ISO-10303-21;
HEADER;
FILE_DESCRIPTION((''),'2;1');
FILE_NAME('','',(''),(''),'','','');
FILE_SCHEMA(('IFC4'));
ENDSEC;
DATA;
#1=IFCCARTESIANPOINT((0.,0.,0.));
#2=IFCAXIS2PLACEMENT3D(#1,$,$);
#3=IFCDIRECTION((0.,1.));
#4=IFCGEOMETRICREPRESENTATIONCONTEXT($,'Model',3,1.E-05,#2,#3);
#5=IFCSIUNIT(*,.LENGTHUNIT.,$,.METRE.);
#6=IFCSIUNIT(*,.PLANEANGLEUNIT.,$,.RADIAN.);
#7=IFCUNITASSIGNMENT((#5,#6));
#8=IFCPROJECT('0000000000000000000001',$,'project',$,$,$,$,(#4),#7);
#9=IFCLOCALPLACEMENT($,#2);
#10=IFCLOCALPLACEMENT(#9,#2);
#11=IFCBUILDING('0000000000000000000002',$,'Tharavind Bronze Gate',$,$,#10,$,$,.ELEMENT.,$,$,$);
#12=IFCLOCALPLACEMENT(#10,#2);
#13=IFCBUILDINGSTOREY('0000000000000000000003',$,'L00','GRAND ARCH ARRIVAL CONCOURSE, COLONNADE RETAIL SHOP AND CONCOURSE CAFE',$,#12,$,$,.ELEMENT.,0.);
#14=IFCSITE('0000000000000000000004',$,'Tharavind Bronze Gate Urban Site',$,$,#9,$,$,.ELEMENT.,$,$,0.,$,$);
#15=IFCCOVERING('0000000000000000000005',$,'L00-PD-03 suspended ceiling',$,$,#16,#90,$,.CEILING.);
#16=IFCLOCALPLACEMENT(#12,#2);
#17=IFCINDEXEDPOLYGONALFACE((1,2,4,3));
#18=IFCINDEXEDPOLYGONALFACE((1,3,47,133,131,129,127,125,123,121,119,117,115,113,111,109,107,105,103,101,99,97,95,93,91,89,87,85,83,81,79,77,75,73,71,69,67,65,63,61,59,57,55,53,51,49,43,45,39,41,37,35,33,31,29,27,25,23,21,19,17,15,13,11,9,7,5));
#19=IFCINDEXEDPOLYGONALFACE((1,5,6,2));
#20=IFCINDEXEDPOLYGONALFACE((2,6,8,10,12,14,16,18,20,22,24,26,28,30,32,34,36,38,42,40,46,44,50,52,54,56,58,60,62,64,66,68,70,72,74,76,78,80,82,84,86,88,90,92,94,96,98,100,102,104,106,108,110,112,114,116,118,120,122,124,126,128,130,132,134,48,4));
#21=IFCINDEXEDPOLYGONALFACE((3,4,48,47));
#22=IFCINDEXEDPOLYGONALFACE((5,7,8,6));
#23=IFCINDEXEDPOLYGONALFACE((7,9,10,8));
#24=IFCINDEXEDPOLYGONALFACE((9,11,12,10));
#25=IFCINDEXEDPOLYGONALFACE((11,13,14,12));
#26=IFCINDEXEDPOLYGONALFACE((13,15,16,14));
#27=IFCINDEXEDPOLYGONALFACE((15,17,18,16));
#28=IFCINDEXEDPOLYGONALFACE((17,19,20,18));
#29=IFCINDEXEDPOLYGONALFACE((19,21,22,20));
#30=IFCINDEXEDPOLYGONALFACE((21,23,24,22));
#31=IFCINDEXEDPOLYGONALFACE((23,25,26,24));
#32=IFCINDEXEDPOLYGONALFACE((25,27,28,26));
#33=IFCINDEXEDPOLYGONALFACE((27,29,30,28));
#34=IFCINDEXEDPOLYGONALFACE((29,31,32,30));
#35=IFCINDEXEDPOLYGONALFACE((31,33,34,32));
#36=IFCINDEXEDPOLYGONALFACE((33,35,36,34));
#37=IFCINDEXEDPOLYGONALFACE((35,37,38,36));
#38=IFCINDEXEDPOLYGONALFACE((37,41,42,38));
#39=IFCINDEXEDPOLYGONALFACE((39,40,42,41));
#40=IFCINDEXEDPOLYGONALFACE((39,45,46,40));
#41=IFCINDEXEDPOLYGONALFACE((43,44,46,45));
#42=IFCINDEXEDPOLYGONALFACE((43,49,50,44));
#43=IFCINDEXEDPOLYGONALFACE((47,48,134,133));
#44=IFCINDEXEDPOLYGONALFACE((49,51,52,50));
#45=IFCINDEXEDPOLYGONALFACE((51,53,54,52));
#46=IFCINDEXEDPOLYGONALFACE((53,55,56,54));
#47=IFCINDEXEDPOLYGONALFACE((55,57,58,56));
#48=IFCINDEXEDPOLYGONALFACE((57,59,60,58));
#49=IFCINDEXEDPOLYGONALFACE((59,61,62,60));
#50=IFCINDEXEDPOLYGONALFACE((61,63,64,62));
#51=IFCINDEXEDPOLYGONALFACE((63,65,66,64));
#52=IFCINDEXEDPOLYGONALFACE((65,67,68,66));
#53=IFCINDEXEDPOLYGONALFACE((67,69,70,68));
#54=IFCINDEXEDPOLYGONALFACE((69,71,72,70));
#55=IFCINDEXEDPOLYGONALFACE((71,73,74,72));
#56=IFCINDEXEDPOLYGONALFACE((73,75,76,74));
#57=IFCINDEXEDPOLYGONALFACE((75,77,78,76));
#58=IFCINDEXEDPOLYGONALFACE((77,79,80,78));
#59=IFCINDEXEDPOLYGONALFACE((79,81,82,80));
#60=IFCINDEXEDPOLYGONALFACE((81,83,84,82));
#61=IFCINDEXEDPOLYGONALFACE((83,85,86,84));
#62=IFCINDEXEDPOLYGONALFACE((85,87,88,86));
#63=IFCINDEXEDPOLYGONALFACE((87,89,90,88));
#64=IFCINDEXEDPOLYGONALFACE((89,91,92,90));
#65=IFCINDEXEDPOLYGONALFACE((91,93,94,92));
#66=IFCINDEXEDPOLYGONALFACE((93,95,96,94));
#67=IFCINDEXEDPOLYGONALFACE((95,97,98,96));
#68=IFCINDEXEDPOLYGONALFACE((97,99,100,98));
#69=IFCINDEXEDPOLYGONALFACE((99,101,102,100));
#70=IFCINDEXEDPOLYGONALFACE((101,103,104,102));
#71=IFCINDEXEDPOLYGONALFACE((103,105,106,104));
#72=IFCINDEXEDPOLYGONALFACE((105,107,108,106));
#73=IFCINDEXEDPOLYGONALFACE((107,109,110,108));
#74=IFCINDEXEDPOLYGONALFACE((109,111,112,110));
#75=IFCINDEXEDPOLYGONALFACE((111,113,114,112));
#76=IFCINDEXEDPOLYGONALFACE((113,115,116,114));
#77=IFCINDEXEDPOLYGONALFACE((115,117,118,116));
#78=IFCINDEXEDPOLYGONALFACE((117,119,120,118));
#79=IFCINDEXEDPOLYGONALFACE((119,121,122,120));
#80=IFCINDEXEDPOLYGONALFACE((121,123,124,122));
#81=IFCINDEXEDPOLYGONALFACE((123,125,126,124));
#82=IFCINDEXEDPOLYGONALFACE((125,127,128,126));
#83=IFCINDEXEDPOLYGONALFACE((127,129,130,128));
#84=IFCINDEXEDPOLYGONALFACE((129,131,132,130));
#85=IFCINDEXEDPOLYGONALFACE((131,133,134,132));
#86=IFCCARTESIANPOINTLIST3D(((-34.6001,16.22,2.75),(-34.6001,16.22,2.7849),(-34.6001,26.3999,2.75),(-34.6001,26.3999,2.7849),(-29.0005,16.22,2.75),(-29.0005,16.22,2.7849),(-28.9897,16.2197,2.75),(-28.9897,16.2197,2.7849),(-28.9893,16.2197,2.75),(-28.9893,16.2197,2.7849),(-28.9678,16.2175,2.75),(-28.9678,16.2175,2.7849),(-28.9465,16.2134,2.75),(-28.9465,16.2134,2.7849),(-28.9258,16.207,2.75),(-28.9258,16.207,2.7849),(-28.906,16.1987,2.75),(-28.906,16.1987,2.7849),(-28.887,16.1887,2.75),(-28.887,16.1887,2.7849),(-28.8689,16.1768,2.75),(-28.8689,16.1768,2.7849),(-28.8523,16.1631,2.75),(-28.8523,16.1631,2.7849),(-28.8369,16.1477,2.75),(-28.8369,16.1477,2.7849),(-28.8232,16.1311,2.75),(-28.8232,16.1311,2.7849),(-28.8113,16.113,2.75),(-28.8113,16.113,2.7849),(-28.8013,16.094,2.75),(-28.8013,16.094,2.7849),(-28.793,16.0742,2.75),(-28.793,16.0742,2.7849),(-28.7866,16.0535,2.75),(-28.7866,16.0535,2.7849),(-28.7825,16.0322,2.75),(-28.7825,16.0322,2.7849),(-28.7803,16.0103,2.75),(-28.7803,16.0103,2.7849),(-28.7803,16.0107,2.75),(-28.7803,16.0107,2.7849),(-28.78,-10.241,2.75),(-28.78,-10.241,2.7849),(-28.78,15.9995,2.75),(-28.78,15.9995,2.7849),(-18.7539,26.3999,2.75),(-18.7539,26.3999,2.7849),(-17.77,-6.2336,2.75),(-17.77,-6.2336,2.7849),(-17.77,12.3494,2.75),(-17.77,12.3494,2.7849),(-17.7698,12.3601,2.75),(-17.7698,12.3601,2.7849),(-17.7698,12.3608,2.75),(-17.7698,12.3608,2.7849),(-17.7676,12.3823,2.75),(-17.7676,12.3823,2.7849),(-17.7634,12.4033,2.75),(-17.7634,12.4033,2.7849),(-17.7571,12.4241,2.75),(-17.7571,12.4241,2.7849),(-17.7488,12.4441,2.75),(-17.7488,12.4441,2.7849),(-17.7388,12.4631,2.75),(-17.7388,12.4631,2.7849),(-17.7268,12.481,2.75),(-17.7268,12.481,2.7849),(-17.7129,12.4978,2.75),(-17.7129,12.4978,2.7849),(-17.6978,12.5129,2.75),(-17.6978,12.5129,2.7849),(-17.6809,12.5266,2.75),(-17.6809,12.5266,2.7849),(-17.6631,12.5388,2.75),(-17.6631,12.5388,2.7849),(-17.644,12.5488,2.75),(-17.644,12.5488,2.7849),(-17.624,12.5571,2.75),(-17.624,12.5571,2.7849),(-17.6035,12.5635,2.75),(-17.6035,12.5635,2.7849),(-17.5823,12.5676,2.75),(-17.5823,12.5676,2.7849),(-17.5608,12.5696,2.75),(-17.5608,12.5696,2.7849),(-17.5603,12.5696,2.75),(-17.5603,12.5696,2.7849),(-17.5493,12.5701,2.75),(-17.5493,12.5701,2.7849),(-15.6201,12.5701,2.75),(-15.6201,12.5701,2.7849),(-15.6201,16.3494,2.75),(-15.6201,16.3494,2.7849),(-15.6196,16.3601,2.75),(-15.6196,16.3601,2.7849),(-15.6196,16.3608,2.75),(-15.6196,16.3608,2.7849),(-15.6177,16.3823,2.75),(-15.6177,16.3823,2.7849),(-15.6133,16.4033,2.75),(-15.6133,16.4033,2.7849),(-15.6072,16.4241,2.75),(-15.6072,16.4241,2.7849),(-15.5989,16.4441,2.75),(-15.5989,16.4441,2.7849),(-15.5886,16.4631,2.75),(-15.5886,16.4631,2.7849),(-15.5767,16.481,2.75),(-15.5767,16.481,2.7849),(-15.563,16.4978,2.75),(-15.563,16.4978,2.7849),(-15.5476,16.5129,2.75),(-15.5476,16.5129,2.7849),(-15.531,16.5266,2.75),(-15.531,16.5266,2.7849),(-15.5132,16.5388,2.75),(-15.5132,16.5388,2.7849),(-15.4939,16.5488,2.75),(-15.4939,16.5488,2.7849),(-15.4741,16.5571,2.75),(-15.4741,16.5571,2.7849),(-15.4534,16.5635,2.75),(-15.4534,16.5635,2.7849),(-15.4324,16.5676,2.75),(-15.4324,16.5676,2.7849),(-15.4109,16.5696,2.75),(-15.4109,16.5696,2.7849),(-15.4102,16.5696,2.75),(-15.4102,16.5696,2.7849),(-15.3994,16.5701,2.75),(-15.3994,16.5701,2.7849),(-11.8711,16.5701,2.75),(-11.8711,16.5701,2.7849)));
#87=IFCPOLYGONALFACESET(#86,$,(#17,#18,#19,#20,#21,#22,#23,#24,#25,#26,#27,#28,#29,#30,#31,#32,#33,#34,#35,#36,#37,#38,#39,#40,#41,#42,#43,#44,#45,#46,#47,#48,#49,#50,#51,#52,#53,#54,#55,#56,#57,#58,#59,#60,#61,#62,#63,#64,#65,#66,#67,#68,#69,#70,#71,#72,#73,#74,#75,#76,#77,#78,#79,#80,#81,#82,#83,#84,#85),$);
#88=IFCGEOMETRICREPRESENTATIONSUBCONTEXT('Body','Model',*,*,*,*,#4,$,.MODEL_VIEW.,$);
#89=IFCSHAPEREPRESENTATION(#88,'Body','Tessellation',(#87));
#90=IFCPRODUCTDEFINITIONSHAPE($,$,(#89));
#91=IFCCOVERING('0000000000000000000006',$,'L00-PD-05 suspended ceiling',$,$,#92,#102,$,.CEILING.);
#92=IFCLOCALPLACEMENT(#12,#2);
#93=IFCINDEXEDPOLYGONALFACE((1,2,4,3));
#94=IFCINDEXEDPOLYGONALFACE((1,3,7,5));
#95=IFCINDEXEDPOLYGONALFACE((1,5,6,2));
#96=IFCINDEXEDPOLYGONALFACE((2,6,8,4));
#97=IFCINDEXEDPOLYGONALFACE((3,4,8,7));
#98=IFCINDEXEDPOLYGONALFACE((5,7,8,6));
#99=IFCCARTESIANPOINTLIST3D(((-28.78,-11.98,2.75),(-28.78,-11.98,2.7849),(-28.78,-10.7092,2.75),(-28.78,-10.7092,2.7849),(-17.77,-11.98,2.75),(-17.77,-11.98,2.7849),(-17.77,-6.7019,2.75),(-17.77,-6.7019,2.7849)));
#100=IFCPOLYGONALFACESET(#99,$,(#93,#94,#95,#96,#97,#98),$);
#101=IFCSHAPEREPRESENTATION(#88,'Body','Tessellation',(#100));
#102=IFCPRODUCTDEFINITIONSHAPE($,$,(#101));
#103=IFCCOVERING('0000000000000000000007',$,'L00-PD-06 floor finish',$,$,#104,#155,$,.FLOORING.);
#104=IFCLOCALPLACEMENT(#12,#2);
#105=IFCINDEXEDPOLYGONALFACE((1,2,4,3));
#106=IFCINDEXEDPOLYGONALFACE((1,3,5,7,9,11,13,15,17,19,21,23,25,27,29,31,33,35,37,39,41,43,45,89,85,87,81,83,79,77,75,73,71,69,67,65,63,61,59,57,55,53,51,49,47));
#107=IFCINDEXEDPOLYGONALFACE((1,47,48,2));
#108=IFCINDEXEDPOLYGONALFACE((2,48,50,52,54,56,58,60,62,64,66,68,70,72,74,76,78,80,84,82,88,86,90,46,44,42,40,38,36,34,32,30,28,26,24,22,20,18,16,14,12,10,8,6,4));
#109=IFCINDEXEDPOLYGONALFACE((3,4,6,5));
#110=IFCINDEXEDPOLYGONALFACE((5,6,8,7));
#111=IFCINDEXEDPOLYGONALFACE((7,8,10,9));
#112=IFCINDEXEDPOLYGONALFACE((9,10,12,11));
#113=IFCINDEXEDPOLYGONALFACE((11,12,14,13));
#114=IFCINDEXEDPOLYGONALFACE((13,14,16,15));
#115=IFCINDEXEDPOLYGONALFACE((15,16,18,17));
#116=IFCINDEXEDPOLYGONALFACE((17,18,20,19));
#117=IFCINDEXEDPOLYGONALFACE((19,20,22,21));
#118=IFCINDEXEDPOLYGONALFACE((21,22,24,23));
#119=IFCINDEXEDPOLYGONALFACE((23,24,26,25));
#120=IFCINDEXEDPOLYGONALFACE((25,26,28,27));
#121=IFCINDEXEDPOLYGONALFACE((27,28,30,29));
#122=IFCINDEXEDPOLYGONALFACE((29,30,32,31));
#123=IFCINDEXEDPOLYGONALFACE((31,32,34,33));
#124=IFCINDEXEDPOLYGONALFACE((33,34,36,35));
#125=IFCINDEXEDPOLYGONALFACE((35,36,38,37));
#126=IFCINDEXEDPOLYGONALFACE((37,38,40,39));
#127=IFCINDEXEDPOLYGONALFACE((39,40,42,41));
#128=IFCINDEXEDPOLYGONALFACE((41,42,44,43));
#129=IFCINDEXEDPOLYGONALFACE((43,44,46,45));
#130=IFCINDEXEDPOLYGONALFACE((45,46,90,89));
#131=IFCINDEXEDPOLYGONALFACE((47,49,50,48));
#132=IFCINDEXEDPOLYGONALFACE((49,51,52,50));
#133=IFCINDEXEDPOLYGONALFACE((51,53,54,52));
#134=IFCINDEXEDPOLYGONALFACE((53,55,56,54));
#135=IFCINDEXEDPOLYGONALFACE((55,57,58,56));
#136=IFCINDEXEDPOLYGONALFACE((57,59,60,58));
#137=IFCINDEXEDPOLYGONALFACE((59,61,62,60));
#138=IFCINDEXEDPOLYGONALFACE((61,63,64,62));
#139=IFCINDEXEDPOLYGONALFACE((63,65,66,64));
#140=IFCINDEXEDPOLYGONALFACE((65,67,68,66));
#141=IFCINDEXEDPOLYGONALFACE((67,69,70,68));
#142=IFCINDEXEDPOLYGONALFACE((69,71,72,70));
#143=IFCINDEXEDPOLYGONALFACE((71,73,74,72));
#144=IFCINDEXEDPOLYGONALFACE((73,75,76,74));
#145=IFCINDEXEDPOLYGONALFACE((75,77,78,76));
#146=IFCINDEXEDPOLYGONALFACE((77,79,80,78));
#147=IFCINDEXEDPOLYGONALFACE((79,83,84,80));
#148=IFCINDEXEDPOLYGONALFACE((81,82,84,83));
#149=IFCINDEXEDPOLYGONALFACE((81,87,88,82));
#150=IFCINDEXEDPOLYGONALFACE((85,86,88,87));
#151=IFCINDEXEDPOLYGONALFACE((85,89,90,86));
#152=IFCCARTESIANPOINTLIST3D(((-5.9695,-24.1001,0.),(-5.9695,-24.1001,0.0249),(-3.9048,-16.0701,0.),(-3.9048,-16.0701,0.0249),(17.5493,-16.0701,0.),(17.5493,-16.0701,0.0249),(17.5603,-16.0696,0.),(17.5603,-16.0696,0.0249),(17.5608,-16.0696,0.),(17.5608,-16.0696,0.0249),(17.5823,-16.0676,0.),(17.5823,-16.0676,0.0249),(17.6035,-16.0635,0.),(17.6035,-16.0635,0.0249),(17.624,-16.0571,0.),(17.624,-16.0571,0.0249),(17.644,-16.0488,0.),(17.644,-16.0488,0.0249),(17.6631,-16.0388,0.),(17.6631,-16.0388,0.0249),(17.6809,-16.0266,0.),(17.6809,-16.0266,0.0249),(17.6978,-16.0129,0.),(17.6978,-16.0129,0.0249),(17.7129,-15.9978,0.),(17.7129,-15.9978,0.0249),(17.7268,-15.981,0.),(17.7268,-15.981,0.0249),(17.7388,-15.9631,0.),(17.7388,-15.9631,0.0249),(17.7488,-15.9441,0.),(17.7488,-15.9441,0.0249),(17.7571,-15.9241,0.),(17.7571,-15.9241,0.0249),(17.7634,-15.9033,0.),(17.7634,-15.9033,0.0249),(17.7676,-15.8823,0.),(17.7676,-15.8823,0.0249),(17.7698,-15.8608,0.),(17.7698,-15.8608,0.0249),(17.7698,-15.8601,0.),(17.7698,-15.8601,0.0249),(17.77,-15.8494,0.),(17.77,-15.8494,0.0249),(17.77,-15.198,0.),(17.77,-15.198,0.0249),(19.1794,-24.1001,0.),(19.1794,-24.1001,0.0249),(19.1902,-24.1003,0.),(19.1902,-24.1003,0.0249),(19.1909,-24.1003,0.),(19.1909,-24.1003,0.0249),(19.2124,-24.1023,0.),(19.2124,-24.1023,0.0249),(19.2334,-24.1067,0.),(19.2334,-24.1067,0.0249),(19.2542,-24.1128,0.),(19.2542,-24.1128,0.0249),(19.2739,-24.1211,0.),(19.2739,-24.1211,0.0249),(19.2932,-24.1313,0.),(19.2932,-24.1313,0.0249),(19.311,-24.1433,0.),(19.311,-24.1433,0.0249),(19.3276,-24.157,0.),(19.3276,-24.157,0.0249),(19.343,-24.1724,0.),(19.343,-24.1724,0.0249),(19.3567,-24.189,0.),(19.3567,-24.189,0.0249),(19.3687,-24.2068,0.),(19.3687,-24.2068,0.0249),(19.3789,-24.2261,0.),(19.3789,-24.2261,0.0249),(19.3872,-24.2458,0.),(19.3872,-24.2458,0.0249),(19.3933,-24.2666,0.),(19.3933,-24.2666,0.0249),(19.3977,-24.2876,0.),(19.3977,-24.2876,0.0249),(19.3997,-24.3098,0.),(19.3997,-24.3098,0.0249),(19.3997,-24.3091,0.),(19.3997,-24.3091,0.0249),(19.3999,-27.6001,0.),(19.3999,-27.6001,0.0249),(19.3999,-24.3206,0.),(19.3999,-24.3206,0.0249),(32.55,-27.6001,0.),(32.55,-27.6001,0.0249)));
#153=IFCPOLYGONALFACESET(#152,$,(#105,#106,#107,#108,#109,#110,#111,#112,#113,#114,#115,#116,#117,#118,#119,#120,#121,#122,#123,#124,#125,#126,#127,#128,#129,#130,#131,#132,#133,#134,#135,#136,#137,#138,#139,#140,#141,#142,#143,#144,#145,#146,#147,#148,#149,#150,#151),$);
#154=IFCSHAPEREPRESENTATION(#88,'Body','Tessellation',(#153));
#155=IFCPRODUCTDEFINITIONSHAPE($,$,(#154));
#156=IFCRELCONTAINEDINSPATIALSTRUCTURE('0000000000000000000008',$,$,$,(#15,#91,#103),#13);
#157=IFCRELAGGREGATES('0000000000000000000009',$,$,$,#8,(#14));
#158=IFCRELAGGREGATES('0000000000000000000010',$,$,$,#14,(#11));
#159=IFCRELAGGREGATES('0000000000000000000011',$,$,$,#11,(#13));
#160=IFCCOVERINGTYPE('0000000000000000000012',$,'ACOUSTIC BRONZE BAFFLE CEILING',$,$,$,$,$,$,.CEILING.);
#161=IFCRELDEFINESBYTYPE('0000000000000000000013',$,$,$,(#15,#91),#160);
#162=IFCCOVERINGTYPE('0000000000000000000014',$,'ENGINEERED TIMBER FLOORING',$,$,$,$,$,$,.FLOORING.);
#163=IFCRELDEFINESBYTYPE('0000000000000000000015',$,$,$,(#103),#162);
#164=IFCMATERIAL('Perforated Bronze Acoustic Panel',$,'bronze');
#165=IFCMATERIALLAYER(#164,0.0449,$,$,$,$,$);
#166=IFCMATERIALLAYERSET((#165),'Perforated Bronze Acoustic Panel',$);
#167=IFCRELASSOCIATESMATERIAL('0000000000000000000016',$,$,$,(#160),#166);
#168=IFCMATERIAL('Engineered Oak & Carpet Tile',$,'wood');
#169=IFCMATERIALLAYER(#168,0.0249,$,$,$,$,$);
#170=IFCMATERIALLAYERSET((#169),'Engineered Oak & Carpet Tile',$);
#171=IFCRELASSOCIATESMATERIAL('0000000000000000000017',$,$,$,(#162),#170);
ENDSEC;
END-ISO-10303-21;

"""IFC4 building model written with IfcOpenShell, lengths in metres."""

from ifc_helpers import new_model, si_unit, direction, frame, origin, place, context, subcontext, project, spatial, polyline, outline, extrude, material, layer, layer_set, type_object, element, save


model = new_model("IFC4")

# Units and contexts
model_context = context("Model", 3, precision=1e-05, world=origin(), true_north=direction((0.0, 1.0)))
body_context = subcontext(model_context, "Body", "Model", "MODEL_VIEW")
ifc_project = project(units=[si_unit("LENGTHUNIT", "METRE"), si_unit("PLANEANGLEUNIT", "RADIAN")], contexts=[model_context])

# Site, building, storey
site_placement = place(None, origin())
site = spatial("IfcSite", under=ifc_project, at=site_placement, Name="Tharavind Bronze Gate Urban Site", CompositionType="ELEMENT", RefElevation=0.0)
building_placement = place(site_placement, origin())
building = spatial("IfcBuilding", under=site, at=building_placement, Name="Tharavind Bronze Gate", CompositionType="ELEMENT")
storey_placement = place(building_placement, origin())
storey = spatial("IfcBuildingStorey", under=building, at=storey_placement, Name="L00", Description="GRAND ARCH ARRIVAL CONCOURSE, COLONNADE RETAIL SHOP AND CONCOURSE CAFE", CompositionType="ELEMENT", Elevation=0.0)

# Coverings
ifc_material_1 = material(Name="Perforated Bronze Acoustic Panel", Category="bronze")
ifc_layer_1 = layer(ifc_material_1, 0.0449)
ifc_layer_set_1 = layer_set([ifc_layer_1], Name="Perforated Bronze Acoustic Panel")
covering_type_1 = type_object("IfcCoveringType", Name="ACOUSTIC BRONZE BAFFLE CEILING", PredefinedType="CEILING", material=ifc_layer_set_1)
covering_1_placement = place(storey_placement, frame((0.0, 0.0, 2.75)))
element("IfcCovering", 1, at=covering_1_placement, inside=storey, type_object=covering_type_1, Name="L00-PD-03 suspended ceiling", PredefinedType="CEILING", context=body_context, shape_type="SweptSolid", body=[
    extrude(outline(polyline([(-34.6001, 16.22), (-29.0005, 16.22), (-28.9897, 16.2197), (-28.9893, 16.2197), (-28.9678, 16.2175), (-28.9465, 16.2134), (-28.9258, 16.207), (-28.906, 16.1987), (-28.887, 16.1887), (-28.8689, 16.1768), (-28.8523, 16.1631), (-28.8369, 16.1477), (-28.8232, 16.1311), (-28.8113, 16.113), (-28.8013, 16.094), (-28.793, 16.0742), (-28.7866, 16.0535), (-28.7825, 16.0322), (-28.7803, 16.0107), (-28.7803, 16.0103), (-28.78, 15.9995), (-28.78, -10.241), (-17.77, -6.2336), (-17.77, 12.3494), (-17.7698, 12.3601), (-17.7698, 12.3608), (-17.7676, 12.3823), (-17.7634, 12.4033), (-17.7571, 12.4241), (-17.7488, 12.4441), (-17.7388, 12.4631), (-17.7268, 12.481), (-17.7129, 12.4978), (-17.6978, 12.5129), (-17.6809, 12.5266), (-17.6631, 12.5388), (-17.644, 12.5488), (-17.624, 12.5571), (-17.6035, 12.5635), (-17.5823, 12.5676), (-17.5608, 12.5696), (-17.5603, 12.5696), (-17.5493, 12.5701), (-15.6201, 12.5701), (-15.6201, 16.3494), (-15.6196, 16.3601), (-15.6196, 16.3608), (-15.6177, 16.3823), (-15.6133, 16.4033), (-15.6072, 16.4241), (-15.5989, 16.4441), (-15.5886, 16.4631), (-15.5767, 16.481), (-15.563, 16.4978), (-15.5476, 16.5129), (-15.531, 16.5266), (-15.5132, 16.5388), (-15.4939, 16.5488), (-15.4741, 16.5571), (-15.4534, 16.5635), (-15.4324, 16.5676), (-15.4109, 16.5696), (-15.4102, 16.5696), (-15.3994, 16.5701), (-11.8711, 16.5701), (-18.7539, 26.3999), (-34.6001, 26.3999), (-34.6001, 16.22)])), origin(), (0.0, 0.0, 1.0), 0.0349),
])
covering_2_placement = place(storey_placement, frame((0.0, 0.0, 2.75)))
element("IfcCovering", 2, at=covering_2_placement, inside=storey, type_object=covering_type_1, Name="L00-PD-05 suspended ceiling", PredefinedType="CEILING", context=body_context, shape_type="SweptSolid", body=[
    extrude(outline(polyline([(-17.77, -11.98), (-17.77, -6.7019), (-28.78, -10.7092), (-28.78, -11.98), (-17.77, -11.98)])), origin(), (0.0, 0.0, 1.0), 0.0349),
])
ifc_material_2 = material(Name="Engineered Oak & Carpet Tile", Category="wood")
ifc_layer_2 = layer(ifc_material_2, 0.0249)
ifc_layer_set_2 = layer_set([ifc_layer_2], Name="Engineered Oak & Carpet Tile")
covering_type_2 = type_object("IfcCoveringType", Name="ENGINEERED TIMBER FLOORING", PredefinedType="FLOORING", material=ifc_layer_set_2)
covering_3_placement = place(storey_placement, origin())
element("IfcCovering", 3, at=covering_3_placement, inside=storey, type_object=covering_type_2, Name="L00-PD-06 floor finish", PredefinedType="FLOORING", context=body_context, shape_type="SweptSolid", body=[
    extrude(outline(polyline([(19.1794, -24.1001), (19.1902, -24.1003), (19.1909, -24.1003), (19.2124, -24.1023), (19.2334, -24.1067), (19.2542, -24.1128), (19.2739, -24.1211), (19.2932, -24.1313), (19.311, -24.1433), (19.3276, -24.157), (19.343, -24.1724), (19.3567, -24.189), (19.3687, -24.2068), (19.3789, -24.2261), (19.3872, -24.2458), (19.3933, -24.2666), (19.3977, -24.2876), (19.3997, -24.3091), (19.3997, -24.3098), (19.3999, -24.3206), (19.3999, -27.6001), (32.55, -27.6001), (17.77, -15.198), (17.77, -15.8494), (17.7698, -15.8601), (17.7698, -15.8608), (17.7676, -15.8823), (17.7634, -15.9033), (17.7571, -15.9241), (17.7488, -15.9441), (17.7388, -15.9631), (17.7268, -15.981), (17.7129, -15.9978), (17.6978, -16.0129), (17.6809, -16.0266), (17.6631, -16.0388), (17.644, -16.0488), (17.624, -16.0571), (17.6035, -16.0635), (17.5823, -16.0676), (17.5608, -16.0696), (17.5603, -16.0696), (17.5493, -16.0701), (-3.9048, -16.0701), (-5.9695, -24.1001), (19.1794, -24.1001)])), origin(), (0.0, 0.0, 1.0), 0.0249),
])

save(model, "model.ifc")
